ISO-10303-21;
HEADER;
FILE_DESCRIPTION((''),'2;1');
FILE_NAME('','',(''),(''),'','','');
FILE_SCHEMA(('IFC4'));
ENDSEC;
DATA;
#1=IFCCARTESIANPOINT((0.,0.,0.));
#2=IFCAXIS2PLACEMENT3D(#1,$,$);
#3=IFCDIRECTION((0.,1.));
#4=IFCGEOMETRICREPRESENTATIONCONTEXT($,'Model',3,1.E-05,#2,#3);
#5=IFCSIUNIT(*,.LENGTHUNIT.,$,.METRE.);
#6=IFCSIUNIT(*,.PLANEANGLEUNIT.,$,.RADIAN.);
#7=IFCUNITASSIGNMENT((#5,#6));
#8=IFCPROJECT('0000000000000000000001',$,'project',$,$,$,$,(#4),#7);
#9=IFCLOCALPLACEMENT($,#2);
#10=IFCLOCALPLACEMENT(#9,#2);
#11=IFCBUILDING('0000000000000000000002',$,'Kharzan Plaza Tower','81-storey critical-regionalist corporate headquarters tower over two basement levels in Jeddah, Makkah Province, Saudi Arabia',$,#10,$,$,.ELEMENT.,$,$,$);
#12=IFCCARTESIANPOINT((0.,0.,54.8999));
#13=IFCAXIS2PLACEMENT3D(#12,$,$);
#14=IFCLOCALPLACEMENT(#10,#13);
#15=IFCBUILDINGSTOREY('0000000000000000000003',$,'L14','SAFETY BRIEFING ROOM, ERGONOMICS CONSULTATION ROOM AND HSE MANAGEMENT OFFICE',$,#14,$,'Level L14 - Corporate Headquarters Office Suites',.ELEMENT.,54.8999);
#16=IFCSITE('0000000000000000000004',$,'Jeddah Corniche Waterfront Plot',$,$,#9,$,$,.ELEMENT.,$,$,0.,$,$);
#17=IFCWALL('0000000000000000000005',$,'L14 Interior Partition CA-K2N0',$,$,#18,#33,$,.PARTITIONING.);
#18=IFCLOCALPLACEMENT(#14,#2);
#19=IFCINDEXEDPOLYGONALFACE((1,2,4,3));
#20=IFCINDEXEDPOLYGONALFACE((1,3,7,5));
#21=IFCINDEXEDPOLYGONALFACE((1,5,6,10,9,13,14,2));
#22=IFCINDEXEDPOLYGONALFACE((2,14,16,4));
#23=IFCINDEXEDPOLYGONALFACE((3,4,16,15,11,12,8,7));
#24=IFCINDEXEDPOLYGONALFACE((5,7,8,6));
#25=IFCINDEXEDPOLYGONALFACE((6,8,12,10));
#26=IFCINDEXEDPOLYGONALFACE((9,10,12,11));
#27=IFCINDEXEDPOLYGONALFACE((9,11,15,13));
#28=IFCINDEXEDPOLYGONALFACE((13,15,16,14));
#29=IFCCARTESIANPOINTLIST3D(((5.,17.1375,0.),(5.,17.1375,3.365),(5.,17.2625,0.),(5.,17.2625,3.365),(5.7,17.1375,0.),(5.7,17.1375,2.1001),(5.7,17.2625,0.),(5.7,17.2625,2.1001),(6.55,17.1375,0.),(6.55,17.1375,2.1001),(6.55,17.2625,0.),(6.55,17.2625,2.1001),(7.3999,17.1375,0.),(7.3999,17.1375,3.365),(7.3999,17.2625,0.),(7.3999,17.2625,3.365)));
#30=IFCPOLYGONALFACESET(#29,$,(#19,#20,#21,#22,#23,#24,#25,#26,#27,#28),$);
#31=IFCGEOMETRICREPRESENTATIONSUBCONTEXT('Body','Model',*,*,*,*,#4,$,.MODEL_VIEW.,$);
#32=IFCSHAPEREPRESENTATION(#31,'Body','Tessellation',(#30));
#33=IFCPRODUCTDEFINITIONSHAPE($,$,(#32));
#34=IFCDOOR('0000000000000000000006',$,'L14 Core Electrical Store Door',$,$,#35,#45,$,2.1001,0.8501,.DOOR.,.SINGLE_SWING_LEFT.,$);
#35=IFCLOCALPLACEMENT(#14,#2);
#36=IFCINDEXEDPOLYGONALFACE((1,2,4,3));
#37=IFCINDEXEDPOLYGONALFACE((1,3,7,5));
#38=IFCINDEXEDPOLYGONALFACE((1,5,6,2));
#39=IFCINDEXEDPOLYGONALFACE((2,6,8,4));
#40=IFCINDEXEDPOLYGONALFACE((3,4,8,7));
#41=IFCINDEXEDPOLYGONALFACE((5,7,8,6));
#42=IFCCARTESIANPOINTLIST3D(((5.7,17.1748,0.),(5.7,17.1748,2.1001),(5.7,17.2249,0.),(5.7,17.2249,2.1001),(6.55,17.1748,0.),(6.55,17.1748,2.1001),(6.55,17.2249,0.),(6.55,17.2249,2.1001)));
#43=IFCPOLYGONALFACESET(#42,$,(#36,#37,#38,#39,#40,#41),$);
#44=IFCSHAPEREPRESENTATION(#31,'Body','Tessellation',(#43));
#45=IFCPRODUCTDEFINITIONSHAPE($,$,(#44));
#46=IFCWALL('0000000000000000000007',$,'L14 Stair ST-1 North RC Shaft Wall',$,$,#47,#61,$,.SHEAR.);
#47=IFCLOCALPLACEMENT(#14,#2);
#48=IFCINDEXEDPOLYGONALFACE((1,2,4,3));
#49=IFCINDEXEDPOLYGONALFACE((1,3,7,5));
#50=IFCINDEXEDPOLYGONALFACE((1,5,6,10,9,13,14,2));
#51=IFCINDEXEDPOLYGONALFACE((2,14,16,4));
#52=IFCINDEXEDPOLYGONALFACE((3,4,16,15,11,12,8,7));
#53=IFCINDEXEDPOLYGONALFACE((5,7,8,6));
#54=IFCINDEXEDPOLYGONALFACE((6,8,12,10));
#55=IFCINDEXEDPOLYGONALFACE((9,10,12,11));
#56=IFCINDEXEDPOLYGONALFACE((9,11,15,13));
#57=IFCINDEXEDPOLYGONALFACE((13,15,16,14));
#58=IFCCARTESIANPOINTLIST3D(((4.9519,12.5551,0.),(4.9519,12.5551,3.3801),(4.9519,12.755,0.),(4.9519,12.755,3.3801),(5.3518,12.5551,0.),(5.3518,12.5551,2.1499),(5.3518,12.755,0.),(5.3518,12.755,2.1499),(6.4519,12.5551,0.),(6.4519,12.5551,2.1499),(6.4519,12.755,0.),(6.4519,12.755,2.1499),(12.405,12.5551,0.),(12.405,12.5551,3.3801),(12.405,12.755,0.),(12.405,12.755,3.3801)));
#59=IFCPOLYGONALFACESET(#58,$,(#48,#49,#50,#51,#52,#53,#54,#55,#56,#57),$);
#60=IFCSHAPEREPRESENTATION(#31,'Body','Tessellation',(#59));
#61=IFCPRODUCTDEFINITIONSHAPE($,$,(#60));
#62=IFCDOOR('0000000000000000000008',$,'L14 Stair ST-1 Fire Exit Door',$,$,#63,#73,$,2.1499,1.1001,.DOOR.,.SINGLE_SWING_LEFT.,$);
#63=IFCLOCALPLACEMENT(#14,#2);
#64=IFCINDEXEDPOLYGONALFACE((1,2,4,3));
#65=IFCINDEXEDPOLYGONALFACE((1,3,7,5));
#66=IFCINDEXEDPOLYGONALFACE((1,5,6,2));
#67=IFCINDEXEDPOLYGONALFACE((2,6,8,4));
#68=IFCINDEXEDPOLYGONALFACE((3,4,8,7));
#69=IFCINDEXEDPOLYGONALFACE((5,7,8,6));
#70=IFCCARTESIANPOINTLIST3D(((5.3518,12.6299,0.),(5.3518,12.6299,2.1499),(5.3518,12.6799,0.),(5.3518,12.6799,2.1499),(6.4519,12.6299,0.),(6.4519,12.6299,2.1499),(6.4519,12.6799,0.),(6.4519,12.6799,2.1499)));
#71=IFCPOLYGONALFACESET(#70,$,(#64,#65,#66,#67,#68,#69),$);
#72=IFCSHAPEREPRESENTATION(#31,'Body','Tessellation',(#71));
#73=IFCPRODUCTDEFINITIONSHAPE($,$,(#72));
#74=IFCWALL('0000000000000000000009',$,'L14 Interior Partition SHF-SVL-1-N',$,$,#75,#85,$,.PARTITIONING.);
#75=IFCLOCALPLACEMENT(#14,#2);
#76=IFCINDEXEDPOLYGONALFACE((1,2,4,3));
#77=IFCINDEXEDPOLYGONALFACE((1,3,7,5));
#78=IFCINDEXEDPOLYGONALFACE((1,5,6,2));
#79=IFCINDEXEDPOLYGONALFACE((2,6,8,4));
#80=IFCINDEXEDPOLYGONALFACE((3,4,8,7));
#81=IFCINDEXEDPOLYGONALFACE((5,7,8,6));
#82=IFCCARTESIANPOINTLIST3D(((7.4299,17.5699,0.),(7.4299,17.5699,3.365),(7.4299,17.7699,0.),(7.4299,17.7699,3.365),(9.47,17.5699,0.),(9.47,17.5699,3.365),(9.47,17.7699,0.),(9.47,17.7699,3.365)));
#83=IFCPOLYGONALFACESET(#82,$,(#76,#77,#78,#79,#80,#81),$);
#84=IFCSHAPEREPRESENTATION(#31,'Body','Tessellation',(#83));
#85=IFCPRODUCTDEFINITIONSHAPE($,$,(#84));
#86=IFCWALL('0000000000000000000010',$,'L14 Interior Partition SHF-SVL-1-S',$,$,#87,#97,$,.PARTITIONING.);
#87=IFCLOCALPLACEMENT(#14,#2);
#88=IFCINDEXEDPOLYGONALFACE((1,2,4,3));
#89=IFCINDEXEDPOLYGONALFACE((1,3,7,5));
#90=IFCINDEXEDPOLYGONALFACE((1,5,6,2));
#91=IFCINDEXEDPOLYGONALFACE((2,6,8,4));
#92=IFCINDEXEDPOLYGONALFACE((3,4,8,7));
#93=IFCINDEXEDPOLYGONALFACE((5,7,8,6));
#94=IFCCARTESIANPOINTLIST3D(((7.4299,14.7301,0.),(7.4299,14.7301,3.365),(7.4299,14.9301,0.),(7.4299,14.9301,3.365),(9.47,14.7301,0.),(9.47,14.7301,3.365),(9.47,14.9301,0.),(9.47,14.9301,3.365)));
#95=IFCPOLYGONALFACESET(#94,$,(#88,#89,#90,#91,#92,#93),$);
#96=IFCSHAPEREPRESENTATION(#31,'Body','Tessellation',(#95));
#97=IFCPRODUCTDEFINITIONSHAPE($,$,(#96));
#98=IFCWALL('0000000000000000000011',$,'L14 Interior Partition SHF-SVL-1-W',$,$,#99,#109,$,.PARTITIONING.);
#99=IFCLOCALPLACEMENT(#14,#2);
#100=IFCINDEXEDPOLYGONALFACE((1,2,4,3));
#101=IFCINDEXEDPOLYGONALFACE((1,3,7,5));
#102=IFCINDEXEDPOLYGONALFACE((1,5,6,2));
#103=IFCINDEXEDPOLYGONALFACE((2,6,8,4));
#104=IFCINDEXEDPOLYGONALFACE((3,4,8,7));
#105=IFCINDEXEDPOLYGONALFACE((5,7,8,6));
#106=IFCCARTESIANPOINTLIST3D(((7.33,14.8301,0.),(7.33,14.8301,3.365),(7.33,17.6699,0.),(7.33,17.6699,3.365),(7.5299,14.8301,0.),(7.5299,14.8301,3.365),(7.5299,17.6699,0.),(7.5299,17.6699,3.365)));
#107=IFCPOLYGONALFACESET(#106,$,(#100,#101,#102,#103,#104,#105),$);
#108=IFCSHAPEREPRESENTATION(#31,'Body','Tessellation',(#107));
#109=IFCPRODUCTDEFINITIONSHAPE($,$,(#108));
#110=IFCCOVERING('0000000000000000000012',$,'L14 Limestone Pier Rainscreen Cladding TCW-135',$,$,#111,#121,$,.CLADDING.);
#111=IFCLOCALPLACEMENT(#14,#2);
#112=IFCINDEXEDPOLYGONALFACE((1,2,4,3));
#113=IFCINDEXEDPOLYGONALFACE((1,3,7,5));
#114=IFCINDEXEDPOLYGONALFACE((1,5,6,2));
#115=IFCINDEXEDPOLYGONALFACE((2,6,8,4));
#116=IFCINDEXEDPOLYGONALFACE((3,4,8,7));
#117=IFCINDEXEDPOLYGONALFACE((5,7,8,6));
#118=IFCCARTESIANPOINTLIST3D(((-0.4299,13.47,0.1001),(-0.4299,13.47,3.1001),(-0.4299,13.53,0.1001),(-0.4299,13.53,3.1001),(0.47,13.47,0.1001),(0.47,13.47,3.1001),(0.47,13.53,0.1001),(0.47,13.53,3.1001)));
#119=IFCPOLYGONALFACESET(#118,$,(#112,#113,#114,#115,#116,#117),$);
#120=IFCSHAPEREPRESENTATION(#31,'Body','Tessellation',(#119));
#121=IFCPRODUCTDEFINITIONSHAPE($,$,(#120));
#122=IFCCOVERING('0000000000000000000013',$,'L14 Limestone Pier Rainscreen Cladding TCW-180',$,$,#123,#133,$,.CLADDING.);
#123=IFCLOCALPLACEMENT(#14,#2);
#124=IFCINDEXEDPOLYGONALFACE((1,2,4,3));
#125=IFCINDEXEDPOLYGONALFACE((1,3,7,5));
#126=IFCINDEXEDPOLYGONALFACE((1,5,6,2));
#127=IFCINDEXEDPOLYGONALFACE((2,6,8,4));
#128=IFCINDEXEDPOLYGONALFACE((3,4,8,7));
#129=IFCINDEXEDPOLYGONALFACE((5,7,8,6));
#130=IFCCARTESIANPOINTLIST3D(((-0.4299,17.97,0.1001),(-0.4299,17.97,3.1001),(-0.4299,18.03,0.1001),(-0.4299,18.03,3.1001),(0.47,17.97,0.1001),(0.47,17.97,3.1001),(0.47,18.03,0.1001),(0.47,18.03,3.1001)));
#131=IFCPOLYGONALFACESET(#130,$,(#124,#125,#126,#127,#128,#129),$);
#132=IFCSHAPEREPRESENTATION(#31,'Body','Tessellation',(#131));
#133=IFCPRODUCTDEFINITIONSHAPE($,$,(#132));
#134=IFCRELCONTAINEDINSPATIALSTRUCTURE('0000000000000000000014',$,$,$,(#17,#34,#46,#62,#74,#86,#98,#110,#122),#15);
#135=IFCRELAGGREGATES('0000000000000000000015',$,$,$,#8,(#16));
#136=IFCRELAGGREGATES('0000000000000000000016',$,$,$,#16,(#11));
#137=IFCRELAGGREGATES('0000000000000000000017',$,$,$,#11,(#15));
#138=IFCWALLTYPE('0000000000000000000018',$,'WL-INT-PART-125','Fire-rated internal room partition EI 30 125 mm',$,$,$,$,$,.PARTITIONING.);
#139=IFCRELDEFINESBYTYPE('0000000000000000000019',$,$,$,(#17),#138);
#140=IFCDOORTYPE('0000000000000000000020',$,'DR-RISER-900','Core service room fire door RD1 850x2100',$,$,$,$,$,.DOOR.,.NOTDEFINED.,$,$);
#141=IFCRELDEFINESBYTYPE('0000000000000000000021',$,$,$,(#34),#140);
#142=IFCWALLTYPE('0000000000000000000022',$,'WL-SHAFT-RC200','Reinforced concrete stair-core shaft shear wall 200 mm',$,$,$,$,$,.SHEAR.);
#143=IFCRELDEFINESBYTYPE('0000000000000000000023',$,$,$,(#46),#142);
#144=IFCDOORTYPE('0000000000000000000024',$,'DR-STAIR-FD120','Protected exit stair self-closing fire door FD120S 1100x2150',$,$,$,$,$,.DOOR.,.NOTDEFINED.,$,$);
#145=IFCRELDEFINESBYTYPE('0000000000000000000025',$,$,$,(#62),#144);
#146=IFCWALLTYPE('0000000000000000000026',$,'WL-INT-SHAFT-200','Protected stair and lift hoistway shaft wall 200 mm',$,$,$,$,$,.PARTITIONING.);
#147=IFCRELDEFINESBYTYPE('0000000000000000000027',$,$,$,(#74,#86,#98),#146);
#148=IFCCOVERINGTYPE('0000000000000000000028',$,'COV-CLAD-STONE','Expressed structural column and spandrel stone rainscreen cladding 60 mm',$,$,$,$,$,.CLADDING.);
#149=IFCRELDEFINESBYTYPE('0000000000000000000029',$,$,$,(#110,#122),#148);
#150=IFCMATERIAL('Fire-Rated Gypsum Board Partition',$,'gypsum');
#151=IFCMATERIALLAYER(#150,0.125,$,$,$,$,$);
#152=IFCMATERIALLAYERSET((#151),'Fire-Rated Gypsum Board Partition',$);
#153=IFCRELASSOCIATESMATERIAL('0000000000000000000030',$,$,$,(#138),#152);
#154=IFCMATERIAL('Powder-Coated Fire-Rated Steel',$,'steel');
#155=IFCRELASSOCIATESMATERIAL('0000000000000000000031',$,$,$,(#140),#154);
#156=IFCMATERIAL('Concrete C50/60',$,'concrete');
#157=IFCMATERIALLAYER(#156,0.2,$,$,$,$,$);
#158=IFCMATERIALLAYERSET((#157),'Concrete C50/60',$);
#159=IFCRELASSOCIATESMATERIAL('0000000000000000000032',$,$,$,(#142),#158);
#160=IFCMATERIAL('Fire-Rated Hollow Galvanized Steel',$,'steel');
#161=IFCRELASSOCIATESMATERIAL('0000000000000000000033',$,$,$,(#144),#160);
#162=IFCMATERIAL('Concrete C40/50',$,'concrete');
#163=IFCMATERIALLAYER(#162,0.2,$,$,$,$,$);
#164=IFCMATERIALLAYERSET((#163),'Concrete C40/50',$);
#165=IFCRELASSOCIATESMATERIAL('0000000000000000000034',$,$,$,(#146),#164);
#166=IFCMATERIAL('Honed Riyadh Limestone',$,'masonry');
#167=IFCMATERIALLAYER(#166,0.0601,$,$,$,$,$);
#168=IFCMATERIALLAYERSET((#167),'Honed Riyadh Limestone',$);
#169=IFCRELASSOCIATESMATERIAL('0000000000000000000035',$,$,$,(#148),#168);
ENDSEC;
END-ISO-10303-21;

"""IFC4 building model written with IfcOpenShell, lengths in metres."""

from ifc_helpers import new_model, si_unit, direction, frame, frame_2d, origin, origin_2d, place, context, subcontext, project, spatial, rectangle, extrude, source, transform, mapped, material, layer, layer_set, type_object, element, fill, save


model = new_model("IFC4")

# Units and contexts
model_context = context("Model", 3, precision=1e-05, world=origin(), true_north=direction((0.0, 1.0)))
body_context = subcontext(model_context, "Body", "Model", "MODEL_VIEW")
ifc_project = project(units=[si_unit("LENGTHUNIT", "METRE"), si_unit("PLANEANGLEUNIT", "RADIAN")], contexts=[model_context])

# Site, building, storey
site_placement = place(None, origin())
site = spatial("IfcSite", under=ifc_project, at=site_placement, Name="Jeddah Corniche Waterfront Plot", CompositionType="ELEMENT", RefElevation=0.0)
building_placement = place(site_placement, origin())
building = spatial("IfcBuilding", under=site, at=building_placement, Name="Kharzan Plaza Tower", Description="81-storey critical-regionalist corporate headquarters tower over two basement levels in Jeddah, Makkah Province, Saudi Arabia", CompositionType="ELEMENT")
storey_placement = place(building_placement, frame((0.0, 0.0, 54.8999)))
storey = spatial("IfcBuildingStorey", under=building, at=storey_placement, Name="L14", Description="SAFETY BRIEFING ROOM, ERGONOMICS CONSULTATION ROOM AND HSE MANAGEMENT OFFICE", LongName="Level L14 - Corporate Headquarters Office Suites", CompositionType="ELEMENT", Elevation=54.8999)

# Shared definitions
ifc_material_1 = material(Name="Concrete C40/50", Category="concrete")

# Walls, openings, doors
ifc_material_2 = material(Name="Fire-Rated Gypsum Board Partition", Category="gypsum")
ifc_layer_1 = layer(ifc_material_2, 0.125)
ifc_layer_set_1 = layer_set([ifc_layer_1], Name="Fire-Rated Gypsum Board Partition")
wall_type_1 = type_object("IfcWallType", Name="WL-INT-PART-125", Description="Fire-rated internal room partition EI 30 125 mm", PredefinedType="PARTITIONING", material=ifc_layer_set_1)
wall_1_placement = place(storey_placement, frame((5.0, 17.2, 0.0), z_axis=(0.0, 0.0, 1.0), x_axis=(1.0, 0.0, 0.0)))
wall_1 = element("IfcWall", 1, at=wall_1_placement, inside=storey, type_object=wall_type_1, Name="L14 Interior Partition CA-K2N0", PredefinedType="PARTITIONING", context=body_context, shape_type="SweptSolid", body=[
    extrude(rectangle(XDim=2.3999, YDim=0.125, at=frame_2d((1.2, 0.0))), origin(), (0.0, 0.0, 1.0), 3.365),
])
opening_1_placement = place(wall_1_placement, frame((0.7, 0.0, 0.0)))
opening_1 = element("IfcOpeningElement", 2, at=opening_1_placement, cuts=wall_1, PredefinedType="OPENING", context=body_context, shape_type="SweptSolid", body=[
    extrude(rectangle(XDim=0.8501, YDim=2.1001, at=frame_2d((0.425, 1.05))), frame((0.0, 0.0725, 0.0), z_axis=(0.0, -1.0, 0.0), x_axis=(1.0, 0.0, 0.0)), (0.0, 0.0, 1.0), 0.145),
])
ifc_material_3 = material(Name="Powder-Coated Fire-Rated Steel", Category="steel")
door_type_1 = type_object("IfcDoorType", Name="DR-RISER-900", Description="Core service room fire door RD1 850x2100", OperationType="NOTDEFINED", PredefinedType="DOOR", material=ifc_material_3)
shared_shape_1 = source(origin(), body_context, "Body", "SweptSolid", [
    extrude(rectangle(XDim=0.8501, YDim=2.1001, at=frame_2d((0.425, 1.05))), frame((0.0, 0.0249, 0.0), z_axis=(0.0, -1.0, 0.0), x_axis=(1.0, 0.0, 0.0)), (0.0, 0.0, 1.0), 0.05),
])
door_1_placement = place(opening_1_placement, origin())
door_1 = element("IfcDoor", 3, at=door_1_placement, inside=storey, type_object=door_type_1, Name="L14 Core Electrical Store Door", OperationType="SINGLE_SWING_LEFT", OverallHeight=2.1001, OverallWidth=0.8501, PredefinedType="DOOR", context=body_context, shape_type="MappedRepresentation", body=[
    mapped(shared_shape_1, transform((0.0, 0.0, 0.0), x_axis=(1.0, 0.0, 0.0), y_axis=(0.0, 1.0, 0.0), z_axis=(0.0, 0.0, 1.0))),
])
fill(opening_1, door_1)
ifc_material_4 = material(Name="Concrete C50/60", Category="concrete")
ifc_layer_2 = layer(ifc_material_4, 0.2)
ifc_layer_set_2 = layer_set([ifc_layer_2], Name="Concrete C50/60")
wall_type_2 = type_object("IfcWallType", Name="WL-SHAFT-RC200", Description="Reinforced concrete stair-core shaft shear wall 200 mm", PredefinedType="SHEAR", material=ifc_layer_set_2)
wall_2_placement = place(storey_placement, frame((4.9519, 12.655, 0.0), z_axis=(0.0, 0.0, 1.0), x_axis=(1.0, 0.0, 0.0)))
wall_2 = element("IfcWall", 4, at=wall_2_placement, inside=storey, type_object=wall_type_2, Name="L14 Stair ST-1 North RC Shaft Wall", PredefinedType="SHEAR", context=body_context, shape_type="SweptSolid", body=[
    extrude(rectangle(XDim=7.4531, YDim=0.2, at=frame_2d((3.7266, 0.0))), origin(), (0.0, 0.0, 1.0), 3.3801),
])
opening_2_placement = place(wall_2_placement, frame((0.3999, 0.0, 0.0)))
opening_2 = element("IfcOpeningElement", 5, at=opening_2_placement, cuts=wall_2, PredefinedType="OPENING", context=body_context, shape_type="SweptSolid", body=[
    extrude(rectangle(XDim=1.1001, YDim=2.1499, at=frame_2d((0.55, 1.075))), frame((0.0, 0.1099, 0.0), z_axis=(0.0, -1.0, 0.0), x_axis=(1.0, 0.0, 0.0)), (0.0, 0.0, 1.0), 0.22),
])
ifc_material_5 = material(Name="Fire-Rated Hollow Galvanized Steel", Category="steel")
door_type_2 = type_object("IfcDoorType", Name="DR-STAIR-FD120", Description="Protected exit stair self-closing fire door FD120S 1100x2150", OperationType="NOTDEFINED", PredefinedType="DOOR", material=ifc_material_5)
shared_shape_2 = source(origin(), body_context, "Body", "SweptSolid", [
    extrude(rectangle(XDim=1.1001, YDim=2.1499, at=frame_2d((0.55, 1.075))), frame((0.0, 0.0249, 0.0), z_axis=(0.0, -1.0, 0.0), x_axis=(1.0, 0.0, 0.0)), (0.0, 0.0, 1.0), 0.05),
])
door_2_placement = place(opening_2_placement, origin())
door_2 = element("IfcDoor", 6, at=door_2_placement, inside=storey, type_object=door_type_2, Name="L14 Stair ST-1 Fire Exit Door", OperationType="SINGLE_SWING_LEFT", OverallHeight=2.1499, OverallWidth=1.1001, PredefinedType="DOOR", context=body_context, shape_type="MappedRepresentation", body=[
    mapped(shared_shape_2, transform((0.0, 0.0, 0.0), x_axis=(1.0, 0.0, 0.0), y_axis=(0.0, 1.0, 0.0), z_axis=(0.0, 0.0, 1.0))),
])
fill(opening_2, door_2)

# Walls
ifc_layer_3 = layer(ifc_material_1, 0.2)
ifc_layer_set_3 = layer_set([ifc_layer_3], Name="Concrete C40/50")
wall_type_3 = type_object("IfcWallType", Name="WL-INT-SHAFT-200", Description="Protected stair and lift hoistway shaft wall 200 mm", PredefinedType="PARTITIONING", material=ifc_layer_set_3)
shared_shape_3 = source(origin(), body_context, "Body", "SweptSolid", [
    extrude(rectangle(XDim=2.04, YDim=0.2, at=frame_2d((1.02, 0.0))), origin(), (0.0, 0.0, 1.0), 3.365),
])
for number, where, z_axis, x_axis, name in (
    (7, (7.4299, 17.6699, 0.0), (0.0, 0.0, 1.0), (1.0, 0.0, 0.0), "L14 Interior Partition SHF-SVL-1-N"),
    (8, (7.4299, 14.8301, 0.0), (0.0, 0.0, 1.0), (1.0, 0.0, 0.0), "L14 Interior Partition SHF-SVL-1-S"),
):
    element("IfcWall", number, at=place(storey_placement, frame(where, z_axis=z_axis, x_axis=x_axis)), inside=storey, type_object=wall_type_3, Name=name, PredefinedType="PARTITIONING", context=body_context, shape_type="MappedRepresentation", body=[
        mapped(shared_shape_3, transform((0.0, 0.0, 0.0), x_axis=(1.0, 0.0, 0.0), y_axis=(0.0, 1.0, 0.0), z_axis=(0.0, 0.0, 1.0))),
    ])
shared_shape_4 = source(origin(), body_context, "Body", "SweptSolid", [
    extrude(rectangle(XDim=2.8398, YDim=0.2, at=frame_2d((1.4199, 0.0))), origin(), (0.0, 0.0, 1.0), 3.365),
])
wall_3_placement = place(storey_placement, frame((7.4299, 14.8301, 0.0), z_axis=(0.0, 0.0, 1.0), x_axis=(0.0, 1.0, 0.0)))
element("IfcWall", 9, at=wall_3_placement, inside=storey, type_object=wall_type_3, Name="L14 Interior Partition SHF-SVL-1-W", PredefinedType="PARTITIONING", context=body_context, shape_type="MappedRepresentation", body=[
    mapped(shared_shape_4, transform((0.0, 0.0, 0.0), x_axis=(1.0, 0.0, 0.0), y_axis=(0.0, 1.0, 0.0), z_axis=(0.0, 0.0, 1.0))),
])

# Coverings
ifc_material_6 = material(Name="Honed Riyadh Limestone", Category="masonry")
ifc_layer_4 = layer(ifc_material_6, 0.0601)
ifc_layer_set_4 = layer_set([ifc_layer_4], Name="Honed Riyadh Limestone")
covering_type = type_object("IfcCoveringType", Name="COV-CLAD-STONE", Description="Expressed structural column and spandrel stone rainscreen cladding 60 mm", PredefinedType="CLADDING", material=ifc_layer_set_4)
shared_shape_5 = source(origin(), body_context, "Body", "SweptSolid", [
    extrude(rectangle(XDim=0.0601, YDim=0.8999, at=origin_2d()), origin(), (0.0, 0.0, 1.0), 3.0),
])
for number, where, z_axis, x_axis, name in (
    (10, (0.02, 13.5, 0.1001), (0.0, 0.0, 1.0), (0.0, 1.0, 0.0), "L14 Limestone Pier Rainscreen Cladding TCW-135"),
    (11, (0.02, 18.0, 0.1001), (0.0, 0.0, 1.0), (0.0, 1.0, 0.0), "L14 Limestone Pier Rainscreen Cladding TCW-180"),
):
    element("IfcCovering", number, at=place(storey_placement, frame(where, z_axis=z_axis, x_axis=x_axis)), inside=storey, type_object=covering_type, Name=name, PredefinedType="CLADDING", context=body_context, shape_type="MappedRepresentation", body=[
        mapped(shared_shape_5, transform((0.0, 0.0, 0.0), x_axis=(1.0, 0.0, 0.0), y_axis=(0.0, 1.0, 0.0), z_axis=(0.0, 0.0, 1.0))),
    ])

save(model, "model.ifc")
